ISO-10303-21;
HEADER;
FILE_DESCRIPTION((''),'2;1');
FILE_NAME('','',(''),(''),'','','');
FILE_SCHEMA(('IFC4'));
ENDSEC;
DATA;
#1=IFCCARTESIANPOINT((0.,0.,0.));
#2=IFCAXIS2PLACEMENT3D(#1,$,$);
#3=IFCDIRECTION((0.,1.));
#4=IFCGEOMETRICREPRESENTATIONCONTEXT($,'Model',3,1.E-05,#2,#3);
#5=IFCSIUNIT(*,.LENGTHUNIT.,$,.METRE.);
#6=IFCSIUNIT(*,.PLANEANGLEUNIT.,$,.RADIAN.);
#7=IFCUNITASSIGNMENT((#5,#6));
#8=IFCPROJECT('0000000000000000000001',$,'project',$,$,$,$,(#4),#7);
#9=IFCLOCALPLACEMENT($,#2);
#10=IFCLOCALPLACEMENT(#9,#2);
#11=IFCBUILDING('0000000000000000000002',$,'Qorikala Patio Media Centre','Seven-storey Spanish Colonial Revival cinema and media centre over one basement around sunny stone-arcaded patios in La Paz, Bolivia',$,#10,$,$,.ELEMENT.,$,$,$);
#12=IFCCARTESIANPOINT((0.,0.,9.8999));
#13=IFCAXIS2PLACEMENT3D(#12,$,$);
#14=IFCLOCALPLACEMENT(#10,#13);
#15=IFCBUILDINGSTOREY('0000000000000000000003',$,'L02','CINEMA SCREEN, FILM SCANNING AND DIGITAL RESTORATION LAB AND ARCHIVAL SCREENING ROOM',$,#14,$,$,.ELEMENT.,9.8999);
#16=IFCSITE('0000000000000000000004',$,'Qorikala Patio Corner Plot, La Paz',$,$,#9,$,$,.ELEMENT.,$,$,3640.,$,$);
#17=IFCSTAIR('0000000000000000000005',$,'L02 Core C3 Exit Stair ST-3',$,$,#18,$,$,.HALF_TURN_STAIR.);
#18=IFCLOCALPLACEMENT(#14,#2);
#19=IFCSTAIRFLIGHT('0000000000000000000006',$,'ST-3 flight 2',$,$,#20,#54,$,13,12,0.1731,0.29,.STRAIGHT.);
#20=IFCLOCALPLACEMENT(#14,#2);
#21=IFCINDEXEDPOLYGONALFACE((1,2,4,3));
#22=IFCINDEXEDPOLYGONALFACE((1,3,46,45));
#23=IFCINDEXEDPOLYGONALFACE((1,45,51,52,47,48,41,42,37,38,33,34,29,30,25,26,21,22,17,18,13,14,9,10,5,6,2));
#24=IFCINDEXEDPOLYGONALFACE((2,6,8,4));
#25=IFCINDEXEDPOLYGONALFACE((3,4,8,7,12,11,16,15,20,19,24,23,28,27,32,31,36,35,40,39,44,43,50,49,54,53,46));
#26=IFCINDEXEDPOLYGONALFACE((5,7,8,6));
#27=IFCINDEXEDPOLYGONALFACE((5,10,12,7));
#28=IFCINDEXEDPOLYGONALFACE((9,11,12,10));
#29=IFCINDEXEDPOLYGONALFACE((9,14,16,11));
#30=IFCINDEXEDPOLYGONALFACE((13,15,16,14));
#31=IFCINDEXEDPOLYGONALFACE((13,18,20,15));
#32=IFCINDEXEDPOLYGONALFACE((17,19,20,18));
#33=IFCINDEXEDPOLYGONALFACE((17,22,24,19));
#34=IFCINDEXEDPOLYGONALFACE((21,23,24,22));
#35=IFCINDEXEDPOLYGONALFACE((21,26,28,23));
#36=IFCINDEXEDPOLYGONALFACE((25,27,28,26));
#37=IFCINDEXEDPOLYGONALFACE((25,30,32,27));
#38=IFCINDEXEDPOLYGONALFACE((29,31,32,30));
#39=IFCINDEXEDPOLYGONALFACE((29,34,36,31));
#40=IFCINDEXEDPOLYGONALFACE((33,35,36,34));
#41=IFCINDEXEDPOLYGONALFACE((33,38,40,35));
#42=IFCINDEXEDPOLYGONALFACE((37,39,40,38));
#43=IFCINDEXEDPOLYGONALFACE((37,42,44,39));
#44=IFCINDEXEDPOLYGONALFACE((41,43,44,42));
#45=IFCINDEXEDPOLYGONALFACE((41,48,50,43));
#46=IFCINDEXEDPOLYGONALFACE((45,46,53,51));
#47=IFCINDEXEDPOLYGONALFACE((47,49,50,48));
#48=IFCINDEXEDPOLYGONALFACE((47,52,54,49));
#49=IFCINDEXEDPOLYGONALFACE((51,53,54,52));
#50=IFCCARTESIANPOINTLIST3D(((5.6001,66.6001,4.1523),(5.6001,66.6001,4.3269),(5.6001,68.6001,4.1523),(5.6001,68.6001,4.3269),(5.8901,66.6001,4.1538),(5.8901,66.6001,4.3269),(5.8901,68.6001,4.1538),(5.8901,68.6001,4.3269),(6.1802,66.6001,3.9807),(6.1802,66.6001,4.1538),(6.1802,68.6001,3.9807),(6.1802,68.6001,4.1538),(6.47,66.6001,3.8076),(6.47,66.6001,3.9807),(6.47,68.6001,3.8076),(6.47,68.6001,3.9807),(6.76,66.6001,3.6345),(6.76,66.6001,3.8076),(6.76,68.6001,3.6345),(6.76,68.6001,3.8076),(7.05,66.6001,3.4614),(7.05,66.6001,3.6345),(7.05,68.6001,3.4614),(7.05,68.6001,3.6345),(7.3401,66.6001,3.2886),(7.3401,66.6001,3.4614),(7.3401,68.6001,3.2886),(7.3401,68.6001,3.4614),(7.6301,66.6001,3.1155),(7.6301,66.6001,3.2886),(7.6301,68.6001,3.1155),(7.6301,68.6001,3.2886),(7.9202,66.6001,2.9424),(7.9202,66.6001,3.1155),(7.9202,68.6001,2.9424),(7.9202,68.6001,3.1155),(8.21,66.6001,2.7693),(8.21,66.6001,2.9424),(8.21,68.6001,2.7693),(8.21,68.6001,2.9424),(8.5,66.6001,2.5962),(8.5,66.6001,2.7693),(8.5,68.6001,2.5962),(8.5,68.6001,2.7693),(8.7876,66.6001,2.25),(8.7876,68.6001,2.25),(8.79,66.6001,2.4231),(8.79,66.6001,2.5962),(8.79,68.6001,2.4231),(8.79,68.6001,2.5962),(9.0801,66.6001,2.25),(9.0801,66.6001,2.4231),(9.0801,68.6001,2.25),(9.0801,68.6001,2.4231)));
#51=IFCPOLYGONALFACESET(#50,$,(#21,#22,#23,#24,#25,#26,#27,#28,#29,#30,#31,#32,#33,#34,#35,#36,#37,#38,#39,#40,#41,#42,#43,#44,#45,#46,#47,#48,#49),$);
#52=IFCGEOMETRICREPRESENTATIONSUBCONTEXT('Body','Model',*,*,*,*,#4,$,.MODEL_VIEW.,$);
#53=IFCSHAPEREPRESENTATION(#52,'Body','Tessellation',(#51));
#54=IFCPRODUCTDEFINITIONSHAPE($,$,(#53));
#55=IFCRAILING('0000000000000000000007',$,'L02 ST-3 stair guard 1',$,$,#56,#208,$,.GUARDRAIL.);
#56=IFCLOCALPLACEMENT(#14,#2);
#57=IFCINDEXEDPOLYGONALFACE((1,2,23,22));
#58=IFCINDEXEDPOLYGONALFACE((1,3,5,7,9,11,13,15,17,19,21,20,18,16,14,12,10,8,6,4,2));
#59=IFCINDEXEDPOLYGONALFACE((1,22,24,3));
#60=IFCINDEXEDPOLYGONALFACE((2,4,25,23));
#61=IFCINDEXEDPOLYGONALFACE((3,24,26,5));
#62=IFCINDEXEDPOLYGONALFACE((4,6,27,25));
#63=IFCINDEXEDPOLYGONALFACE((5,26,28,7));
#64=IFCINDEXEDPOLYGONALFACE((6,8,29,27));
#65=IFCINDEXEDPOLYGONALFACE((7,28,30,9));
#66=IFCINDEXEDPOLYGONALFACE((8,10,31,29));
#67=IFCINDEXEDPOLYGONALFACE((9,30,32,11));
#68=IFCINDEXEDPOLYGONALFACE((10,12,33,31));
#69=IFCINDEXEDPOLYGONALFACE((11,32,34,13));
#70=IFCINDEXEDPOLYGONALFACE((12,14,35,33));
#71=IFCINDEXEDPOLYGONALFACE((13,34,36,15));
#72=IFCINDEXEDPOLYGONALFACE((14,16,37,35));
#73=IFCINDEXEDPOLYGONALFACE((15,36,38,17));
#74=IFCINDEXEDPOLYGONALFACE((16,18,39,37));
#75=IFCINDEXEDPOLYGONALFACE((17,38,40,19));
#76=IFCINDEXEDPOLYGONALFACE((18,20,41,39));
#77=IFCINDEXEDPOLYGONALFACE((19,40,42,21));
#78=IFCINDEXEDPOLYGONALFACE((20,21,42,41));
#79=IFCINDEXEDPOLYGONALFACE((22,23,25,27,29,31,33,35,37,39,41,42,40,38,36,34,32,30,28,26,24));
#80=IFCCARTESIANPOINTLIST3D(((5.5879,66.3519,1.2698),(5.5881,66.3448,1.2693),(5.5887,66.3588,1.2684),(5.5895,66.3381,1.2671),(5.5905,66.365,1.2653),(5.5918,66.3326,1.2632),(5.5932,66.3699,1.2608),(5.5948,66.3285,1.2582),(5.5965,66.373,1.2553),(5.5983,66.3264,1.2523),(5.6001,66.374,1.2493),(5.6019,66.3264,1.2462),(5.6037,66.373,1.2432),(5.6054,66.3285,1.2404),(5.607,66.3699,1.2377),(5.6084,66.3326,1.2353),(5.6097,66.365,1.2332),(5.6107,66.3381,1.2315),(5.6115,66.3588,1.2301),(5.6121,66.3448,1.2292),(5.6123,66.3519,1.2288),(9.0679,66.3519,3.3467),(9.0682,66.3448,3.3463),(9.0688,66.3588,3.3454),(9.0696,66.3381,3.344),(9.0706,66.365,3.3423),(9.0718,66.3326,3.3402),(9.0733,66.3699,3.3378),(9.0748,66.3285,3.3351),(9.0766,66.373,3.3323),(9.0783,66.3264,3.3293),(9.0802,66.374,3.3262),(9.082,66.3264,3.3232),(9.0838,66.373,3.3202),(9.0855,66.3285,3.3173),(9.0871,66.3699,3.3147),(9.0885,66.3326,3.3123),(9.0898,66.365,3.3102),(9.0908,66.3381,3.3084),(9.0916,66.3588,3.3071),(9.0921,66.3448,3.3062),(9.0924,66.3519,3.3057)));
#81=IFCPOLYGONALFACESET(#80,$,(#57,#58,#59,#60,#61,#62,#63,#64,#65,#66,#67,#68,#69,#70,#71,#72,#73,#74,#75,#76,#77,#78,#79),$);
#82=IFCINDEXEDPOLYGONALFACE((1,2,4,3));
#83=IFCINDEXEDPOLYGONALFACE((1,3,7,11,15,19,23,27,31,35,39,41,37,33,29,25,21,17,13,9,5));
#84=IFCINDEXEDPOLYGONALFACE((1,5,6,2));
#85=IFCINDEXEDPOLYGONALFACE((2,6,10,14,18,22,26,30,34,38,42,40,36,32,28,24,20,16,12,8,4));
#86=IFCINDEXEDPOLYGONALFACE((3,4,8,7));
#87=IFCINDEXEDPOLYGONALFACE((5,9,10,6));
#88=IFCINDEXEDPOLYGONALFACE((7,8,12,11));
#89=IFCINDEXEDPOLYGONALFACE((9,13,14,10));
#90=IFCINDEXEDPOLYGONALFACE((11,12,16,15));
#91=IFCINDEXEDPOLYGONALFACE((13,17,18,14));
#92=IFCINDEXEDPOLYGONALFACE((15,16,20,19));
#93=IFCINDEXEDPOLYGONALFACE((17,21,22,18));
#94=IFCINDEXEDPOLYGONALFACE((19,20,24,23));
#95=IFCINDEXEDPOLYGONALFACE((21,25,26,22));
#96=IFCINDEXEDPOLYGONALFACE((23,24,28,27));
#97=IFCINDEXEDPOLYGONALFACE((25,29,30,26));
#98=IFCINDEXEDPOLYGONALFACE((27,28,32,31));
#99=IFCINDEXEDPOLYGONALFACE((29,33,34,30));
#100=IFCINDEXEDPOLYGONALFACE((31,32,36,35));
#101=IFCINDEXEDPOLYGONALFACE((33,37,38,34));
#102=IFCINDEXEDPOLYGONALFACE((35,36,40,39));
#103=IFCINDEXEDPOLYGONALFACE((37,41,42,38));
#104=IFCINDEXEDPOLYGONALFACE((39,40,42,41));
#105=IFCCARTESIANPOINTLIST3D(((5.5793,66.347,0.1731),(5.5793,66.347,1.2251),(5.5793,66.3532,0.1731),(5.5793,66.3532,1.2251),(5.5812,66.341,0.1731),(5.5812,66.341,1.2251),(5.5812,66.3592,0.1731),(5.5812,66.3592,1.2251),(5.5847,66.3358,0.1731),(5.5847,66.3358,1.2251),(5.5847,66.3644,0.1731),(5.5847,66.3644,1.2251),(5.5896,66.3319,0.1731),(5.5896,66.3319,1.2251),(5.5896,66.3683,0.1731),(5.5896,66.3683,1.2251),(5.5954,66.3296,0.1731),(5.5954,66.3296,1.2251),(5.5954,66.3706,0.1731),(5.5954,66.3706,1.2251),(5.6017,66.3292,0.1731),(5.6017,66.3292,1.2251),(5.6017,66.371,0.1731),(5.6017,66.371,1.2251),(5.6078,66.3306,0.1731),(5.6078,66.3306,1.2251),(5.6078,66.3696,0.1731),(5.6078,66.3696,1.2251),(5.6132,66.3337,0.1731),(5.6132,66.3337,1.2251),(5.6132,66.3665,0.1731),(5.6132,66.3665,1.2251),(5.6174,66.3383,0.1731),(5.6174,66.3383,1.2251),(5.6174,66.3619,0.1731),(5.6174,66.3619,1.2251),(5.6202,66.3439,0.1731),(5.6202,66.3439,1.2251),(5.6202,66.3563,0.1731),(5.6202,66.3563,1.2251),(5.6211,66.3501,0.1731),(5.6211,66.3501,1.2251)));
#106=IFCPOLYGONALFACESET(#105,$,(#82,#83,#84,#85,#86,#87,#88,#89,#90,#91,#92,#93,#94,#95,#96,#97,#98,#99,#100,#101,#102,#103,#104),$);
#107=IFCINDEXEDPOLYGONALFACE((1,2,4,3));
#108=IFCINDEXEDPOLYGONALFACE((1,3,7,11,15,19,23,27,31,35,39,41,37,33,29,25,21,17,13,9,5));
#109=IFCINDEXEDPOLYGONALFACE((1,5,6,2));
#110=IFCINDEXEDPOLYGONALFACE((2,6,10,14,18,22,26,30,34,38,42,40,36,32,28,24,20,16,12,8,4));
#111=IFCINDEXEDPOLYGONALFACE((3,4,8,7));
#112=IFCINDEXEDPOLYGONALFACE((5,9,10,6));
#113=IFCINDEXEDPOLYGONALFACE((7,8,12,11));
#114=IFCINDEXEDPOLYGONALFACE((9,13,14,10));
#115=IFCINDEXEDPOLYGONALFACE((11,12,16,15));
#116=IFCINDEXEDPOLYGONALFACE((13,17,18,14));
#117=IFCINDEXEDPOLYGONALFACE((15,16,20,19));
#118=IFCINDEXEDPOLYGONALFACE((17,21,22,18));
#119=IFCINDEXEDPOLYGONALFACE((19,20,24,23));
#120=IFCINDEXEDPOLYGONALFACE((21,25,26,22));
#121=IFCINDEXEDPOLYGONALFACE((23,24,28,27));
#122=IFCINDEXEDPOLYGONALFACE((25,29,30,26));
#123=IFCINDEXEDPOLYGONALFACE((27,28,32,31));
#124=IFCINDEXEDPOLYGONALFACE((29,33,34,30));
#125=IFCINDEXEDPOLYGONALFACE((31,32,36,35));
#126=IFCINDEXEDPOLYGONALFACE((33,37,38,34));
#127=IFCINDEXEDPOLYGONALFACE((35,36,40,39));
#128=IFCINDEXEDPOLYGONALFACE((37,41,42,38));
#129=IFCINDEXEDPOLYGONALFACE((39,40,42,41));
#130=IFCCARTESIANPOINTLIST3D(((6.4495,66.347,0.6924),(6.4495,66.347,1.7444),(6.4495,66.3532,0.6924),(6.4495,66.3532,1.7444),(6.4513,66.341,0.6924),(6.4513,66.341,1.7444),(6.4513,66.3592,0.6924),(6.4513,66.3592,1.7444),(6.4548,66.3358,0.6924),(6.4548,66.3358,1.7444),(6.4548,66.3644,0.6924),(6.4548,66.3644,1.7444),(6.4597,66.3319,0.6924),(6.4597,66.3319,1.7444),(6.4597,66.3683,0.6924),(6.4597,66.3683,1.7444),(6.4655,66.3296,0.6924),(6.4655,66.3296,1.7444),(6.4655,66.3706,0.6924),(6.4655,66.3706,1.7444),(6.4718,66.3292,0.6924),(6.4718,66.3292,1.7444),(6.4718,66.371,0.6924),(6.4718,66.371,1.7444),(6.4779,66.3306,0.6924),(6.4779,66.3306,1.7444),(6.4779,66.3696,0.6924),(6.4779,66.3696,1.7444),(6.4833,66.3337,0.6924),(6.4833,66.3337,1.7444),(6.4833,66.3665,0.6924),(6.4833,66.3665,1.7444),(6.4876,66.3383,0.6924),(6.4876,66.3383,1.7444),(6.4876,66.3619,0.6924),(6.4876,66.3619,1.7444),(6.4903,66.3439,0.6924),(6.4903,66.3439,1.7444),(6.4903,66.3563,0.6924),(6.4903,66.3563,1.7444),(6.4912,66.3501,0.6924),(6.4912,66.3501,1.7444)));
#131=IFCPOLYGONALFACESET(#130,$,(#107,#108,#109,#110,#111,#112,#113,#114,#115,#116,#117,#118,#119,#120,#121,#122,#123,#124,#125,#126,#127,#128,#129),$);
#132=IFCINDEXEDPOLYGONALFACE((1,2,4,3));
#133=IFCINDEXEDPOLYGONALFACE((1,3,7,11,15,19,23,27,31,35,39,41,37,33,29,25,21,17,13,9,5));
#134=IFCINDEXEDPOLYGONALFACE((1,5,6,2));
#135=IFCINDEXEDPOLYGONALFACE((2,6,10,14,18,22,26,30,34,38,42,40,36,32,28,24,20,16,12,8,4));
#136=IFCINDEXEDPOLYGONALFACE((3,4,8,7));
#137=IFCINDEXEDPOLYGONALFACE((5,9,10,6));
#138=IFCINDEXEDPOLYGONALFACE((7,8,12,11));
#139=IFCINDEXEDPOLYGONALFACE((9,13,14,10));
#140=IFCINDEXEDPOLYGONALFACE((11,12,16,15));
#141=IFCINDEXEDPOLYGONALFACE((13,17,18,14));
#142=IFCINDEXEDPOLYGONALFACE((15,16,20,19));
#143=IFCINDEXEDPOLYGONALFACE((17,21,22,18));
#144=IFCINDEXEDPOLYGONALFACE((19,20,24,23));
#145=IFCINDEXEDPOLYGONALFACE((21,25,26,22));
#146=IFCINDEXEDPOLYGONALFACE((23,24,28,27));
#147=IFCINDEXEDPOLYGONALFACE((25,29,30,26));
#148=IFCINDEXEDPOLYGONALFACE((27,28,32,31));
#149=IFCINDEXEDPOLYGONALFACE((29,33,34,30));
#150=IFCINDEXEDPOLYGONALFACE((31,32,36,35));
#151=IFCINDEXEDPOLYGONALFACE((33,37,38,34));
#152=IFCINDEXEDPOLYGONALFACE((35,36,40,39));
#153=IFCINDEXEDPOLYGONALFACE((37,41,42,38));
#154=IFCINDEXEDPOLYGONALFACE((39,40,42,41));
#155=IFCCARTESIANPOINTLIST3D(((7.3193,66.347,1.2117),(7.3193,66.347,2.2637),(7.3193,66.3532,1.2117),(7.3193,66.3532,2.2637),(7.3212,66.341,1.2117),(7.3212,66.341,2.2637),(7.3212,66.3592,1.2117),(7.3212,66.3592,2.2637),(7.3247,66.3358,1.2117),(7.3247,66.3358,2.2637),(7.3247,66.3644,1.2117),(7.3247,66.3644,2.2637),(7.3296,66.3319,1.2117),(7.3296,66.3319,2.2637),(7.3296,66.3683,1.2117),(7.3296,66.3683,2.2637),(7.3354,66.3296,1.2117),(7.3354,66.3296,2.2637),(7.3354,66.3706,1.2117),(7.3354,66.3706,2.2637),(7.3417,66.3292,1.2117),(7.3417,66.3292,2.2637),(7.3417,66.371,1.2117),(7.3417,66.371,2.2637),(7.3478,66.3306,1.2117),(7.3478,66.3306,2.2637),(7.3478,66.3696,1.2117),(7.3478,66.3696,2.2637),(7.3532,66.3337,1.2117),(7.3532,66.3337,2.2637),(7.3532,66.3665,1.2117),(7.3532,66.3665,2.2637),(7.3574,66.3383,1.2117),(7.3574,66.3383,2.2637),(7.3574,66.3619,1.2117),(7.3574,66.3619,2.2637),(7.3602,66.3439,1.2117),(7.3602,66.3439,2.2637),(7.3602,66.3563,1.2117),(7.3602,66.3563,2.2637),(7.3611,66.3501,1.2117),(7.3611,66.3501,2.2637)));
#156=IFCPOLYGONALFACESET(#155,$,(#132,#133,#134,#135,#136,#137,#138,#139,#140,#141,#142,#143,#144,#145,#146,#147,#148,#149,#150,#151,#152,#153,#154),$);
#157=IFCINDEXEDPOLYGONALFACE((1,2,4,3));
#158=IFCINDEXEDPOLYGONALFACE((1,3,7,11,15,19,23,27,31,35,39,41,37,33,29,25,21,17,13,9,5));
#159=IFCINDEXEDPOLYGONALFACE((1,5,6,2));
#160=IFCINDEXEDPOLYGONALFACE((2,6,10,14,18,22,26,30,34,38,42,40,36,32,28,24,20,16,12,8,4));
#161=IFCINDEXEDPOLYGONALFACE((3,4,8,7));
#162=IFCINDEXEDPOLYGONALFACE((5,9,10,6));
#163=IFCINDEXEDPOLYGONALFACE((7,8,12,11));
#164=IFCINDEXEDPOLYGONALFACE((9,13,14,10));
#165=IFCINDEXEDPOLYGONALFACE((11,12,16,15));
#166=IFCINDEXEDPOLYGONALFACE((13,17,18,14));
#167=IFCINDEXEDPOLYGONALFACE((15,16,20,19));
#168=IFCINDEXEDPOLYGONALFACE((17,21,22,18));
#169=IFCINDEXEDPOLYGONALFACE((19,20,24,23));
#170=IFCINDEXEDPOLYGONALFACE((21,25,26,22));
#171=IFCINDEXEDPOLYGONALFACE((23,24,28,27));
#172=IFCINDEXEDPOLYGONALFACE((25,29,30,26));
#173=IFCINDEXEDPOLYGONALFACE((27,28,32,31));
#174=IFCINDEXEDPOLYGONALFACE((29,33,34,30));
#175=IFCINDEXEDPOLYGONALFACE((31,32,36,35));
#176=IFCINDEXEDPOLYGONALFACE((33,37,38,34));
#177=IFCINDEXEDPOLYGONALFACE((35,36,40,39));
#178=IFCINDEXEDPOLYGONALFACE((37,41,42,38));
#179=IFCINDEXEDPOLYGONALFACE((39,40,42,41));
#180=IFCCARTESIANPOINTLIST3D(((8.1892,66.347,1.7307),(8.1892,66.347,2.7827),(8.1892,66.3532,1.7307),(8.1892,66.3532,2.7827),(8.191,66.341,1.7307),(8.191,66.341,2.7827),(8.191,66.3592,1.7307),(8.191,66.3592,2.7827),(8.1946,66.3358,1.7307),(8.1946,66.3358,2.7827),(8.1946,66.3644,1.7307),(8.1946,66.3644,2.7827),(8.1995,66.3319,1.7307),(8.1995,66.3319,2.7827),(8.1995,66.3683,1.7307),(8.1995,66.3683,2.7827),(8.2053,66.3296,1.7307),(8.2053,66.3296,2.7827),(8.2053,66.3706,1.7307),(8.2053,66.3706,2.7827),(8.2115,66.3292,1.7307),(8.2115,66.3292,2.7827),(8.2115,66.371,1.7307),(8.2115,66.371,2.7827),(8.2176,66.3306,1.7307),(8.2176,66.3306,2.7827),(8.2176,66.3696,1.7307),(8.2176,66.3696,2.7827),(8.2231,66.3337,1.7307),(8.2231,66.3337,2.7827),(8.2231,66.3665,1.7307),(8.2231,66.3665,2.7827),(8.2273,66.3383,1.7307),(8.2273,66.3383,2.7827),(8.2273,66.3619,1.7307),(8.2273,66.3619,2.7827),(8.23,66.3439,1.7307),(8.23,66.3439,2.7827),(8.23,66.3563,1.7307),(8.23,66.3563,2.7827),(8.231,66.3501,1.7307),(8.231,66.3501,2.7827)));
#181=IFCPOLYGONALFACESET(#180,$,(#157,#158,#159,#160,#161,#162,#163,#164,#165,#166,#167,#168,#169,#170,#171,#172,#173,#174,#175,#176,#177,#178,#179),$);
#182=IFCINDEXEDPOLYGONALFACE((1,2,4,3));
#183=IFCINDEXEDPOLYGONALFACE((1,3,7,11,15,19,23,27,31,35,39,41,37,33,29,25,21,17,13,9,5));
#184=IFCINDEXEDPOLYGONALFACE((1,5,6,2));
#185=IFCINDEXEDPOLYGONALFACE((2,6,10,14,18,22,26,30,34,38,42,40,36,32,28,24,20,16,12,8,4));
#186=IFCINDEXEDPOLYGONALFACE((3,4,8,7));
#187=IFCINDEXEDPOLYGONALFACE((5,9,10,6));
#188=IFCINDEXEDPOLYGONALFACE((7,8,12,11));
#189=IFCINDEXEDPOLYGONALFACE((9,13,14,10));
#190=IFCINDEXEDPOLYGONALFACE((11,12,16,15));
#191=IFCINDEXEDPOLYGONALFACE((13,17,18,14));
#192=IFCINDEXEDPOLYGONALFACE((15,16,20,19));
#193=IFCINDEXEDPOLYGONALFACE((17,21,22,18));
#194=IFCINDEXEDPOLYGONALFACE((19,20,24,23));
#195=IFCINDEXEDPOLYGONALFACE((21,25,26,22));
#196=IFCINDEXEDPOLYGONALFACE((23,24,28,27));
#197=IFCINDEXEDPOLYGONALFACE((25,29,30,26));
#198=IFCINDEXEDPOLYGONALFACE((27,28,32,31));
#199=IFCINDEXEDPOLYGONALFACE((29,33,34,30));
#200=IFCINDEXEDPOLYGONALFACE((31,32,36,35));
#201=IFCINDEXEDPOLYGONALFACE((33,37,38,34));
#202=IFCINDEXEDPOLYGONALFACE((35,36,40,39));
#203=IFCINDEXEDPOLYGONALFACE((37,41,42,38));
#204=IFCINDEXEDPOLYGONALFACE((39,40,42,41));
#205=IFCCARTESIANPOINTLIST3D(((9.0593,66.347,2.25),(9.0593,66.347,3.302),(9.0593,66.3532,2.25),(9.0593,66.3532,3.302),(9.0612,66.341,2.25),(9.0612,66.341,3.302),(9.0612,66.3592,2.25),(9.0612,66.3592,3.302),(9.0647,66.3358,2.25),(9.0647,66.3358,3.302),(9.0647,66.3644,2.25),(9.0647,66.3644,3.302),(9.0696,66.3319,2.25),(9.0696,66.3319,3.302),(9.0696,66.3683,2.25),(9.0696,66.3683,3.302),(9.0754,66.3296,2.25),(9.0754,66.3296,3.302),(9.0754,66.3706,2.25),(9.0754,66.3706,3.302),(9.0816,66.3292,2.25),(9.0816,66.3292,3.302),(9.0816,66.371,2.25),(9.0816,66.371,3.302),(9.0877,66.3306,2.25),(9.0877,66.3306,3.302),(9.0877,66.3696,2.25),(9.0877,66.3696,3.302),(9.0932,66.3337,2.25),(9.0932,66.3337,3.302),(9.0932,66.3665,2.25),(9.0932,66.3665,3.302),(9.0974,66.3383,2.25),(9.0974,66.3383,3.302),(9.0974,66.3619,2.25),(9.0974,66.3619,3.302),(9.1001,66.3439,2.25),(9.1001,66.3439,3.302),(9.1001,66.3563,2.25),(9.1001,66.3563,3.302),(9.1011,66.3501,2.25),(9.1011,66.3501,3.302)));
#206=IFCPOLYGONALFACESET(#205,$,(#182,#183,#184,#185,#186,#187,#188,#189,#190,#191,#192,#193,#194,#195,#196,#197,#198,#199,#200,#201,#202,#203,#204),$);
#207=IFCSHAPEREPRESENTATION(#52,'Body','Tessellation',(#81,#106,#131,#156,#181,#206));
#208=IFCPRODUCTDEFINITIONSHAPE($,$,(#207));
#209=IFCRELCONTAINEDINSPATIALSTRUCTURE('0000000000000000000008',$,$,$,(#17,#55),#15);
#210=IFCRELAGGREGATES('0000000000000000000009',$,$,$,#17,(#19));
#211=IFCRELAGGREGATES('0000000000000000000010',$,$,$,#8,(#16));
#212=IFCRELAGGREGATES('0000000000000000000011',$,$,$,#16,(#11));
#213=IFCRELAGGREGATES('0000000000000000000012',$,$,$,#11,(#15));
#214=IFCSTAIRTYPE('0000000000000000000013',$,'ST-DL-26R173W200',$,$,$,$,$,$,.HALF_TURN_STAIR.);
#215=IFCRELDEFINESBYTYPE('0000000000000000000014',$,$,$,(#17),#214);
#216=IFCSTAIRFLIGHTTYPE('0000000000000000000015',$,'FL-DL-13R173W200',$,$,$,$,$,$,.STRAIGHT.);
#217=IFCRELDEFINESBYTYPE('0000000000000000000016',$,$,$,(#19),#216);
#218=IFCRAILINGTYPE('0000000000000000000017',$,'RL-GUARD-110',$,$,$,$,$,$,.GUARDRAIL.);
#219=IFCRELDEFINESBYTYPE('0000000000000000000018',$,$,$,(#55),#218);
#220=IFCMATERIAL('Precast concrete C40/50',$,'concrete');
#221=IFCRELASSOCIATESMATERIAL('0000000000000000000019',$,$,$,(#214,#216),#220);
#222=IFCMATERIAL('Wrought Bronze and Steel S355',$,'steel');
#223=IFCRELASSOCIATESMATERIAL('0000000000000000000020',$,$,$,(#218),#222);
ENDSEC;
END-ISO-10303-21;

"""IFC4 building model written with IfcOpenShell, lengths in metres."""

from ifc_helpers import new_model, si_unit, direction, frame, origin, origin_2d, place, context, subcontext, project, spatial, polyline, circle, outline, extrude, material, type_object, element, aggregate, save


model = new_model("IFC4")

# Units and contexts
model_context = context("Model", 3, precision=1e-05, world=origin(), true_north=direction((0.0, 1.0)))
body_context = subcontext(model_context, "Body", "Model", "MODEL_VIEW")
ifc_project = project(units=[si_unit("LENGTHUNIT", "METRE"), si_unit("PLANEANGLEUNIT", "RADIAN")], contexts=[model_context])

# Site, building, storey
site_placement = place(None, origin())
site = spatial("IfcSite", under=ifc_project, at=site_placement, Name="Qorikala Patio Corner Plot, La Paz", CompositionType="ELEMENT", RefElevation=3640.0)
building_placement = place(site_placement, origin())
building = spatial("IfcBuilding", under=site, at=building_placement, Name="Qorikala Patio Media Centre", Description="Seven-storey Spanish Colonial Revival cinema and media centre over one basement around sunny stone-arcaded patios in La Paz, Bolivia", CompositionType="ELEMENT")
storey_placement = place(building_placement, frame((0.0, 0.0, 9.8999)))
storey = spatial("IfcBuildingStorey", under=building, at=storey_placement, Name="L02", Description="CINEMA SCREEN, FILM SCANNING AND DIGITAL RESTORATION LAB AND ARCHIVAL SCREENING ROOM", CompositionType="ELEMENT", Elevation=9.8999)

# Stair, stair flight
ifc_material_1 = material(Name="Precast concrete C40/50", Category="concrete")
stair_type = type_object("IfcStairType", Name="ST-DL-26R173W200", PredefinedType="HALF_TURN_STAIR", material=ifc_material_1)
stair_placement = place(storey_placement, origin())
stair = element("IfcStair", 1, at=stair_placement, inside=storey, type_object=stair_type, Name="L02 Core C3 Exit Stair ST-3", PredefinedType="HALF_TURN_STAIR")
stair_flight_type = type_object("IfcStairFlightType", Name="FL-DL-13R173W200", PredefinedType="STRAIGHT", material=ifc_material_1)
stair_flight_1_placement = place(storey_placement, frame((9.0801, 67.6001, 2.25), z_axis=(0.0, 0.0, 1.0), x_axis=(-1.0, 0.0, 0.0)))
stair_flight_1 = element("IfcStairFlight", 2, at=stair_flight_1_placement, type_object=stair_flight_type, Name="ST-3 flight 2", NumberOfRisers=13, NumberOfTreads=12, PredefinedType="STRAIGHT", RiserHeight=0.1731, TreadLength=0.29, context=body_context, shape_type="SweptSolid", body=[
    extrude(outline(polyline([(0.0, 0.0), (0.0, 0.1731), (0.29, 0.1731), (0.29, 0.3462), (0.5801, 0.3462), (0.5801, 0.5193), (0.8701, 0.5193), (0.8701, 0.6924), (1.1599, 0.6924), (1.1599, 0.8655), (1.45, 0.8655), (1.45, 1.0386), (1.74, 1.0386), (1.74, 1.2114), (2.03, 1.2114), (2.03, 1.3845), (2.3201, 1.3845), (2.3201, 1.5576), (2.6101, 1.5576), (2.6101, 1.7307), (2.8999, 1.7307), (2.8999, 1.9038), (3.1899, 1.9038), (3.1899, 2.0769), (3.48, 2.0769), (3.48, 2.25), (3.48, 1.9023), (0.2925, 0.0), (0.0, 0.0)])), frame((0.0, 1.0, 0.0), z_axis=(0.0, -1.0, 0.0), x_axis=(1.0, 0.0, 0.0)), (0.0, 0.0, 1.0), 2.0),
])
aggregate(stair, [stair_flight_1])

# Railing
ifc_material_2 = material(Name="Wrought Bronze and Steel S355", Category="steel")
railing_type_1 = type_object("IfcRailingType", Name="RL-GUARD-110", PredefinedType="GUARDRAIL", material=ifc_material_2)
railing_1_placement = place(storey_placement, frame((5.6001, 66.3501, 0.1731)))
element("IfcRailing", 3, at=railing_1_placement, inside=storey, type_object=railing_type_1, Name="L02 ST-3 stair guard 1", PredefinedType="GUARDRAIL", context=body_context, shape_type="SweptSolid", body=[
    extrude(circle(Radius=0.0239, at=origin_2d()), frame((0.0, 0.0, 1.0762), z_axis=(0.858697, 0.0, 0.512483), x_axis=(0.0, 1.0, 0.0)), (0.0, 0.0, 1.0), 4.0527),
    extrude(circle(Radius=0.021, at=origin_2d()), origin(), (0.0, 0.0, 1.0), 1.052),
    extrude(circle(Radius=0.021, at=origin_2d()), frame((0.8701, 0.0, 0.5193)), (0.0, 0.0, 1.0), 1.052),
    extrude(circle(Radius=0.021, at=origin_2d()), frame((1.74, 0.0, 1.0386)), (0.0, 0.0, 1.0), 1.052),
    extrude(circle(Radius=0.021, at=origin_2d()), frame((2.6099, 0.0, 1.5576)), (0.0, 0.0, 1.0), 1.052),
    extrude(circle(Radius=0.021, at=origin_2d()), frame((3.48, 0.0, 2.0769)), (0.0, 0.0, 1.0), 1.052),
])

save(model, "model.ifc")
